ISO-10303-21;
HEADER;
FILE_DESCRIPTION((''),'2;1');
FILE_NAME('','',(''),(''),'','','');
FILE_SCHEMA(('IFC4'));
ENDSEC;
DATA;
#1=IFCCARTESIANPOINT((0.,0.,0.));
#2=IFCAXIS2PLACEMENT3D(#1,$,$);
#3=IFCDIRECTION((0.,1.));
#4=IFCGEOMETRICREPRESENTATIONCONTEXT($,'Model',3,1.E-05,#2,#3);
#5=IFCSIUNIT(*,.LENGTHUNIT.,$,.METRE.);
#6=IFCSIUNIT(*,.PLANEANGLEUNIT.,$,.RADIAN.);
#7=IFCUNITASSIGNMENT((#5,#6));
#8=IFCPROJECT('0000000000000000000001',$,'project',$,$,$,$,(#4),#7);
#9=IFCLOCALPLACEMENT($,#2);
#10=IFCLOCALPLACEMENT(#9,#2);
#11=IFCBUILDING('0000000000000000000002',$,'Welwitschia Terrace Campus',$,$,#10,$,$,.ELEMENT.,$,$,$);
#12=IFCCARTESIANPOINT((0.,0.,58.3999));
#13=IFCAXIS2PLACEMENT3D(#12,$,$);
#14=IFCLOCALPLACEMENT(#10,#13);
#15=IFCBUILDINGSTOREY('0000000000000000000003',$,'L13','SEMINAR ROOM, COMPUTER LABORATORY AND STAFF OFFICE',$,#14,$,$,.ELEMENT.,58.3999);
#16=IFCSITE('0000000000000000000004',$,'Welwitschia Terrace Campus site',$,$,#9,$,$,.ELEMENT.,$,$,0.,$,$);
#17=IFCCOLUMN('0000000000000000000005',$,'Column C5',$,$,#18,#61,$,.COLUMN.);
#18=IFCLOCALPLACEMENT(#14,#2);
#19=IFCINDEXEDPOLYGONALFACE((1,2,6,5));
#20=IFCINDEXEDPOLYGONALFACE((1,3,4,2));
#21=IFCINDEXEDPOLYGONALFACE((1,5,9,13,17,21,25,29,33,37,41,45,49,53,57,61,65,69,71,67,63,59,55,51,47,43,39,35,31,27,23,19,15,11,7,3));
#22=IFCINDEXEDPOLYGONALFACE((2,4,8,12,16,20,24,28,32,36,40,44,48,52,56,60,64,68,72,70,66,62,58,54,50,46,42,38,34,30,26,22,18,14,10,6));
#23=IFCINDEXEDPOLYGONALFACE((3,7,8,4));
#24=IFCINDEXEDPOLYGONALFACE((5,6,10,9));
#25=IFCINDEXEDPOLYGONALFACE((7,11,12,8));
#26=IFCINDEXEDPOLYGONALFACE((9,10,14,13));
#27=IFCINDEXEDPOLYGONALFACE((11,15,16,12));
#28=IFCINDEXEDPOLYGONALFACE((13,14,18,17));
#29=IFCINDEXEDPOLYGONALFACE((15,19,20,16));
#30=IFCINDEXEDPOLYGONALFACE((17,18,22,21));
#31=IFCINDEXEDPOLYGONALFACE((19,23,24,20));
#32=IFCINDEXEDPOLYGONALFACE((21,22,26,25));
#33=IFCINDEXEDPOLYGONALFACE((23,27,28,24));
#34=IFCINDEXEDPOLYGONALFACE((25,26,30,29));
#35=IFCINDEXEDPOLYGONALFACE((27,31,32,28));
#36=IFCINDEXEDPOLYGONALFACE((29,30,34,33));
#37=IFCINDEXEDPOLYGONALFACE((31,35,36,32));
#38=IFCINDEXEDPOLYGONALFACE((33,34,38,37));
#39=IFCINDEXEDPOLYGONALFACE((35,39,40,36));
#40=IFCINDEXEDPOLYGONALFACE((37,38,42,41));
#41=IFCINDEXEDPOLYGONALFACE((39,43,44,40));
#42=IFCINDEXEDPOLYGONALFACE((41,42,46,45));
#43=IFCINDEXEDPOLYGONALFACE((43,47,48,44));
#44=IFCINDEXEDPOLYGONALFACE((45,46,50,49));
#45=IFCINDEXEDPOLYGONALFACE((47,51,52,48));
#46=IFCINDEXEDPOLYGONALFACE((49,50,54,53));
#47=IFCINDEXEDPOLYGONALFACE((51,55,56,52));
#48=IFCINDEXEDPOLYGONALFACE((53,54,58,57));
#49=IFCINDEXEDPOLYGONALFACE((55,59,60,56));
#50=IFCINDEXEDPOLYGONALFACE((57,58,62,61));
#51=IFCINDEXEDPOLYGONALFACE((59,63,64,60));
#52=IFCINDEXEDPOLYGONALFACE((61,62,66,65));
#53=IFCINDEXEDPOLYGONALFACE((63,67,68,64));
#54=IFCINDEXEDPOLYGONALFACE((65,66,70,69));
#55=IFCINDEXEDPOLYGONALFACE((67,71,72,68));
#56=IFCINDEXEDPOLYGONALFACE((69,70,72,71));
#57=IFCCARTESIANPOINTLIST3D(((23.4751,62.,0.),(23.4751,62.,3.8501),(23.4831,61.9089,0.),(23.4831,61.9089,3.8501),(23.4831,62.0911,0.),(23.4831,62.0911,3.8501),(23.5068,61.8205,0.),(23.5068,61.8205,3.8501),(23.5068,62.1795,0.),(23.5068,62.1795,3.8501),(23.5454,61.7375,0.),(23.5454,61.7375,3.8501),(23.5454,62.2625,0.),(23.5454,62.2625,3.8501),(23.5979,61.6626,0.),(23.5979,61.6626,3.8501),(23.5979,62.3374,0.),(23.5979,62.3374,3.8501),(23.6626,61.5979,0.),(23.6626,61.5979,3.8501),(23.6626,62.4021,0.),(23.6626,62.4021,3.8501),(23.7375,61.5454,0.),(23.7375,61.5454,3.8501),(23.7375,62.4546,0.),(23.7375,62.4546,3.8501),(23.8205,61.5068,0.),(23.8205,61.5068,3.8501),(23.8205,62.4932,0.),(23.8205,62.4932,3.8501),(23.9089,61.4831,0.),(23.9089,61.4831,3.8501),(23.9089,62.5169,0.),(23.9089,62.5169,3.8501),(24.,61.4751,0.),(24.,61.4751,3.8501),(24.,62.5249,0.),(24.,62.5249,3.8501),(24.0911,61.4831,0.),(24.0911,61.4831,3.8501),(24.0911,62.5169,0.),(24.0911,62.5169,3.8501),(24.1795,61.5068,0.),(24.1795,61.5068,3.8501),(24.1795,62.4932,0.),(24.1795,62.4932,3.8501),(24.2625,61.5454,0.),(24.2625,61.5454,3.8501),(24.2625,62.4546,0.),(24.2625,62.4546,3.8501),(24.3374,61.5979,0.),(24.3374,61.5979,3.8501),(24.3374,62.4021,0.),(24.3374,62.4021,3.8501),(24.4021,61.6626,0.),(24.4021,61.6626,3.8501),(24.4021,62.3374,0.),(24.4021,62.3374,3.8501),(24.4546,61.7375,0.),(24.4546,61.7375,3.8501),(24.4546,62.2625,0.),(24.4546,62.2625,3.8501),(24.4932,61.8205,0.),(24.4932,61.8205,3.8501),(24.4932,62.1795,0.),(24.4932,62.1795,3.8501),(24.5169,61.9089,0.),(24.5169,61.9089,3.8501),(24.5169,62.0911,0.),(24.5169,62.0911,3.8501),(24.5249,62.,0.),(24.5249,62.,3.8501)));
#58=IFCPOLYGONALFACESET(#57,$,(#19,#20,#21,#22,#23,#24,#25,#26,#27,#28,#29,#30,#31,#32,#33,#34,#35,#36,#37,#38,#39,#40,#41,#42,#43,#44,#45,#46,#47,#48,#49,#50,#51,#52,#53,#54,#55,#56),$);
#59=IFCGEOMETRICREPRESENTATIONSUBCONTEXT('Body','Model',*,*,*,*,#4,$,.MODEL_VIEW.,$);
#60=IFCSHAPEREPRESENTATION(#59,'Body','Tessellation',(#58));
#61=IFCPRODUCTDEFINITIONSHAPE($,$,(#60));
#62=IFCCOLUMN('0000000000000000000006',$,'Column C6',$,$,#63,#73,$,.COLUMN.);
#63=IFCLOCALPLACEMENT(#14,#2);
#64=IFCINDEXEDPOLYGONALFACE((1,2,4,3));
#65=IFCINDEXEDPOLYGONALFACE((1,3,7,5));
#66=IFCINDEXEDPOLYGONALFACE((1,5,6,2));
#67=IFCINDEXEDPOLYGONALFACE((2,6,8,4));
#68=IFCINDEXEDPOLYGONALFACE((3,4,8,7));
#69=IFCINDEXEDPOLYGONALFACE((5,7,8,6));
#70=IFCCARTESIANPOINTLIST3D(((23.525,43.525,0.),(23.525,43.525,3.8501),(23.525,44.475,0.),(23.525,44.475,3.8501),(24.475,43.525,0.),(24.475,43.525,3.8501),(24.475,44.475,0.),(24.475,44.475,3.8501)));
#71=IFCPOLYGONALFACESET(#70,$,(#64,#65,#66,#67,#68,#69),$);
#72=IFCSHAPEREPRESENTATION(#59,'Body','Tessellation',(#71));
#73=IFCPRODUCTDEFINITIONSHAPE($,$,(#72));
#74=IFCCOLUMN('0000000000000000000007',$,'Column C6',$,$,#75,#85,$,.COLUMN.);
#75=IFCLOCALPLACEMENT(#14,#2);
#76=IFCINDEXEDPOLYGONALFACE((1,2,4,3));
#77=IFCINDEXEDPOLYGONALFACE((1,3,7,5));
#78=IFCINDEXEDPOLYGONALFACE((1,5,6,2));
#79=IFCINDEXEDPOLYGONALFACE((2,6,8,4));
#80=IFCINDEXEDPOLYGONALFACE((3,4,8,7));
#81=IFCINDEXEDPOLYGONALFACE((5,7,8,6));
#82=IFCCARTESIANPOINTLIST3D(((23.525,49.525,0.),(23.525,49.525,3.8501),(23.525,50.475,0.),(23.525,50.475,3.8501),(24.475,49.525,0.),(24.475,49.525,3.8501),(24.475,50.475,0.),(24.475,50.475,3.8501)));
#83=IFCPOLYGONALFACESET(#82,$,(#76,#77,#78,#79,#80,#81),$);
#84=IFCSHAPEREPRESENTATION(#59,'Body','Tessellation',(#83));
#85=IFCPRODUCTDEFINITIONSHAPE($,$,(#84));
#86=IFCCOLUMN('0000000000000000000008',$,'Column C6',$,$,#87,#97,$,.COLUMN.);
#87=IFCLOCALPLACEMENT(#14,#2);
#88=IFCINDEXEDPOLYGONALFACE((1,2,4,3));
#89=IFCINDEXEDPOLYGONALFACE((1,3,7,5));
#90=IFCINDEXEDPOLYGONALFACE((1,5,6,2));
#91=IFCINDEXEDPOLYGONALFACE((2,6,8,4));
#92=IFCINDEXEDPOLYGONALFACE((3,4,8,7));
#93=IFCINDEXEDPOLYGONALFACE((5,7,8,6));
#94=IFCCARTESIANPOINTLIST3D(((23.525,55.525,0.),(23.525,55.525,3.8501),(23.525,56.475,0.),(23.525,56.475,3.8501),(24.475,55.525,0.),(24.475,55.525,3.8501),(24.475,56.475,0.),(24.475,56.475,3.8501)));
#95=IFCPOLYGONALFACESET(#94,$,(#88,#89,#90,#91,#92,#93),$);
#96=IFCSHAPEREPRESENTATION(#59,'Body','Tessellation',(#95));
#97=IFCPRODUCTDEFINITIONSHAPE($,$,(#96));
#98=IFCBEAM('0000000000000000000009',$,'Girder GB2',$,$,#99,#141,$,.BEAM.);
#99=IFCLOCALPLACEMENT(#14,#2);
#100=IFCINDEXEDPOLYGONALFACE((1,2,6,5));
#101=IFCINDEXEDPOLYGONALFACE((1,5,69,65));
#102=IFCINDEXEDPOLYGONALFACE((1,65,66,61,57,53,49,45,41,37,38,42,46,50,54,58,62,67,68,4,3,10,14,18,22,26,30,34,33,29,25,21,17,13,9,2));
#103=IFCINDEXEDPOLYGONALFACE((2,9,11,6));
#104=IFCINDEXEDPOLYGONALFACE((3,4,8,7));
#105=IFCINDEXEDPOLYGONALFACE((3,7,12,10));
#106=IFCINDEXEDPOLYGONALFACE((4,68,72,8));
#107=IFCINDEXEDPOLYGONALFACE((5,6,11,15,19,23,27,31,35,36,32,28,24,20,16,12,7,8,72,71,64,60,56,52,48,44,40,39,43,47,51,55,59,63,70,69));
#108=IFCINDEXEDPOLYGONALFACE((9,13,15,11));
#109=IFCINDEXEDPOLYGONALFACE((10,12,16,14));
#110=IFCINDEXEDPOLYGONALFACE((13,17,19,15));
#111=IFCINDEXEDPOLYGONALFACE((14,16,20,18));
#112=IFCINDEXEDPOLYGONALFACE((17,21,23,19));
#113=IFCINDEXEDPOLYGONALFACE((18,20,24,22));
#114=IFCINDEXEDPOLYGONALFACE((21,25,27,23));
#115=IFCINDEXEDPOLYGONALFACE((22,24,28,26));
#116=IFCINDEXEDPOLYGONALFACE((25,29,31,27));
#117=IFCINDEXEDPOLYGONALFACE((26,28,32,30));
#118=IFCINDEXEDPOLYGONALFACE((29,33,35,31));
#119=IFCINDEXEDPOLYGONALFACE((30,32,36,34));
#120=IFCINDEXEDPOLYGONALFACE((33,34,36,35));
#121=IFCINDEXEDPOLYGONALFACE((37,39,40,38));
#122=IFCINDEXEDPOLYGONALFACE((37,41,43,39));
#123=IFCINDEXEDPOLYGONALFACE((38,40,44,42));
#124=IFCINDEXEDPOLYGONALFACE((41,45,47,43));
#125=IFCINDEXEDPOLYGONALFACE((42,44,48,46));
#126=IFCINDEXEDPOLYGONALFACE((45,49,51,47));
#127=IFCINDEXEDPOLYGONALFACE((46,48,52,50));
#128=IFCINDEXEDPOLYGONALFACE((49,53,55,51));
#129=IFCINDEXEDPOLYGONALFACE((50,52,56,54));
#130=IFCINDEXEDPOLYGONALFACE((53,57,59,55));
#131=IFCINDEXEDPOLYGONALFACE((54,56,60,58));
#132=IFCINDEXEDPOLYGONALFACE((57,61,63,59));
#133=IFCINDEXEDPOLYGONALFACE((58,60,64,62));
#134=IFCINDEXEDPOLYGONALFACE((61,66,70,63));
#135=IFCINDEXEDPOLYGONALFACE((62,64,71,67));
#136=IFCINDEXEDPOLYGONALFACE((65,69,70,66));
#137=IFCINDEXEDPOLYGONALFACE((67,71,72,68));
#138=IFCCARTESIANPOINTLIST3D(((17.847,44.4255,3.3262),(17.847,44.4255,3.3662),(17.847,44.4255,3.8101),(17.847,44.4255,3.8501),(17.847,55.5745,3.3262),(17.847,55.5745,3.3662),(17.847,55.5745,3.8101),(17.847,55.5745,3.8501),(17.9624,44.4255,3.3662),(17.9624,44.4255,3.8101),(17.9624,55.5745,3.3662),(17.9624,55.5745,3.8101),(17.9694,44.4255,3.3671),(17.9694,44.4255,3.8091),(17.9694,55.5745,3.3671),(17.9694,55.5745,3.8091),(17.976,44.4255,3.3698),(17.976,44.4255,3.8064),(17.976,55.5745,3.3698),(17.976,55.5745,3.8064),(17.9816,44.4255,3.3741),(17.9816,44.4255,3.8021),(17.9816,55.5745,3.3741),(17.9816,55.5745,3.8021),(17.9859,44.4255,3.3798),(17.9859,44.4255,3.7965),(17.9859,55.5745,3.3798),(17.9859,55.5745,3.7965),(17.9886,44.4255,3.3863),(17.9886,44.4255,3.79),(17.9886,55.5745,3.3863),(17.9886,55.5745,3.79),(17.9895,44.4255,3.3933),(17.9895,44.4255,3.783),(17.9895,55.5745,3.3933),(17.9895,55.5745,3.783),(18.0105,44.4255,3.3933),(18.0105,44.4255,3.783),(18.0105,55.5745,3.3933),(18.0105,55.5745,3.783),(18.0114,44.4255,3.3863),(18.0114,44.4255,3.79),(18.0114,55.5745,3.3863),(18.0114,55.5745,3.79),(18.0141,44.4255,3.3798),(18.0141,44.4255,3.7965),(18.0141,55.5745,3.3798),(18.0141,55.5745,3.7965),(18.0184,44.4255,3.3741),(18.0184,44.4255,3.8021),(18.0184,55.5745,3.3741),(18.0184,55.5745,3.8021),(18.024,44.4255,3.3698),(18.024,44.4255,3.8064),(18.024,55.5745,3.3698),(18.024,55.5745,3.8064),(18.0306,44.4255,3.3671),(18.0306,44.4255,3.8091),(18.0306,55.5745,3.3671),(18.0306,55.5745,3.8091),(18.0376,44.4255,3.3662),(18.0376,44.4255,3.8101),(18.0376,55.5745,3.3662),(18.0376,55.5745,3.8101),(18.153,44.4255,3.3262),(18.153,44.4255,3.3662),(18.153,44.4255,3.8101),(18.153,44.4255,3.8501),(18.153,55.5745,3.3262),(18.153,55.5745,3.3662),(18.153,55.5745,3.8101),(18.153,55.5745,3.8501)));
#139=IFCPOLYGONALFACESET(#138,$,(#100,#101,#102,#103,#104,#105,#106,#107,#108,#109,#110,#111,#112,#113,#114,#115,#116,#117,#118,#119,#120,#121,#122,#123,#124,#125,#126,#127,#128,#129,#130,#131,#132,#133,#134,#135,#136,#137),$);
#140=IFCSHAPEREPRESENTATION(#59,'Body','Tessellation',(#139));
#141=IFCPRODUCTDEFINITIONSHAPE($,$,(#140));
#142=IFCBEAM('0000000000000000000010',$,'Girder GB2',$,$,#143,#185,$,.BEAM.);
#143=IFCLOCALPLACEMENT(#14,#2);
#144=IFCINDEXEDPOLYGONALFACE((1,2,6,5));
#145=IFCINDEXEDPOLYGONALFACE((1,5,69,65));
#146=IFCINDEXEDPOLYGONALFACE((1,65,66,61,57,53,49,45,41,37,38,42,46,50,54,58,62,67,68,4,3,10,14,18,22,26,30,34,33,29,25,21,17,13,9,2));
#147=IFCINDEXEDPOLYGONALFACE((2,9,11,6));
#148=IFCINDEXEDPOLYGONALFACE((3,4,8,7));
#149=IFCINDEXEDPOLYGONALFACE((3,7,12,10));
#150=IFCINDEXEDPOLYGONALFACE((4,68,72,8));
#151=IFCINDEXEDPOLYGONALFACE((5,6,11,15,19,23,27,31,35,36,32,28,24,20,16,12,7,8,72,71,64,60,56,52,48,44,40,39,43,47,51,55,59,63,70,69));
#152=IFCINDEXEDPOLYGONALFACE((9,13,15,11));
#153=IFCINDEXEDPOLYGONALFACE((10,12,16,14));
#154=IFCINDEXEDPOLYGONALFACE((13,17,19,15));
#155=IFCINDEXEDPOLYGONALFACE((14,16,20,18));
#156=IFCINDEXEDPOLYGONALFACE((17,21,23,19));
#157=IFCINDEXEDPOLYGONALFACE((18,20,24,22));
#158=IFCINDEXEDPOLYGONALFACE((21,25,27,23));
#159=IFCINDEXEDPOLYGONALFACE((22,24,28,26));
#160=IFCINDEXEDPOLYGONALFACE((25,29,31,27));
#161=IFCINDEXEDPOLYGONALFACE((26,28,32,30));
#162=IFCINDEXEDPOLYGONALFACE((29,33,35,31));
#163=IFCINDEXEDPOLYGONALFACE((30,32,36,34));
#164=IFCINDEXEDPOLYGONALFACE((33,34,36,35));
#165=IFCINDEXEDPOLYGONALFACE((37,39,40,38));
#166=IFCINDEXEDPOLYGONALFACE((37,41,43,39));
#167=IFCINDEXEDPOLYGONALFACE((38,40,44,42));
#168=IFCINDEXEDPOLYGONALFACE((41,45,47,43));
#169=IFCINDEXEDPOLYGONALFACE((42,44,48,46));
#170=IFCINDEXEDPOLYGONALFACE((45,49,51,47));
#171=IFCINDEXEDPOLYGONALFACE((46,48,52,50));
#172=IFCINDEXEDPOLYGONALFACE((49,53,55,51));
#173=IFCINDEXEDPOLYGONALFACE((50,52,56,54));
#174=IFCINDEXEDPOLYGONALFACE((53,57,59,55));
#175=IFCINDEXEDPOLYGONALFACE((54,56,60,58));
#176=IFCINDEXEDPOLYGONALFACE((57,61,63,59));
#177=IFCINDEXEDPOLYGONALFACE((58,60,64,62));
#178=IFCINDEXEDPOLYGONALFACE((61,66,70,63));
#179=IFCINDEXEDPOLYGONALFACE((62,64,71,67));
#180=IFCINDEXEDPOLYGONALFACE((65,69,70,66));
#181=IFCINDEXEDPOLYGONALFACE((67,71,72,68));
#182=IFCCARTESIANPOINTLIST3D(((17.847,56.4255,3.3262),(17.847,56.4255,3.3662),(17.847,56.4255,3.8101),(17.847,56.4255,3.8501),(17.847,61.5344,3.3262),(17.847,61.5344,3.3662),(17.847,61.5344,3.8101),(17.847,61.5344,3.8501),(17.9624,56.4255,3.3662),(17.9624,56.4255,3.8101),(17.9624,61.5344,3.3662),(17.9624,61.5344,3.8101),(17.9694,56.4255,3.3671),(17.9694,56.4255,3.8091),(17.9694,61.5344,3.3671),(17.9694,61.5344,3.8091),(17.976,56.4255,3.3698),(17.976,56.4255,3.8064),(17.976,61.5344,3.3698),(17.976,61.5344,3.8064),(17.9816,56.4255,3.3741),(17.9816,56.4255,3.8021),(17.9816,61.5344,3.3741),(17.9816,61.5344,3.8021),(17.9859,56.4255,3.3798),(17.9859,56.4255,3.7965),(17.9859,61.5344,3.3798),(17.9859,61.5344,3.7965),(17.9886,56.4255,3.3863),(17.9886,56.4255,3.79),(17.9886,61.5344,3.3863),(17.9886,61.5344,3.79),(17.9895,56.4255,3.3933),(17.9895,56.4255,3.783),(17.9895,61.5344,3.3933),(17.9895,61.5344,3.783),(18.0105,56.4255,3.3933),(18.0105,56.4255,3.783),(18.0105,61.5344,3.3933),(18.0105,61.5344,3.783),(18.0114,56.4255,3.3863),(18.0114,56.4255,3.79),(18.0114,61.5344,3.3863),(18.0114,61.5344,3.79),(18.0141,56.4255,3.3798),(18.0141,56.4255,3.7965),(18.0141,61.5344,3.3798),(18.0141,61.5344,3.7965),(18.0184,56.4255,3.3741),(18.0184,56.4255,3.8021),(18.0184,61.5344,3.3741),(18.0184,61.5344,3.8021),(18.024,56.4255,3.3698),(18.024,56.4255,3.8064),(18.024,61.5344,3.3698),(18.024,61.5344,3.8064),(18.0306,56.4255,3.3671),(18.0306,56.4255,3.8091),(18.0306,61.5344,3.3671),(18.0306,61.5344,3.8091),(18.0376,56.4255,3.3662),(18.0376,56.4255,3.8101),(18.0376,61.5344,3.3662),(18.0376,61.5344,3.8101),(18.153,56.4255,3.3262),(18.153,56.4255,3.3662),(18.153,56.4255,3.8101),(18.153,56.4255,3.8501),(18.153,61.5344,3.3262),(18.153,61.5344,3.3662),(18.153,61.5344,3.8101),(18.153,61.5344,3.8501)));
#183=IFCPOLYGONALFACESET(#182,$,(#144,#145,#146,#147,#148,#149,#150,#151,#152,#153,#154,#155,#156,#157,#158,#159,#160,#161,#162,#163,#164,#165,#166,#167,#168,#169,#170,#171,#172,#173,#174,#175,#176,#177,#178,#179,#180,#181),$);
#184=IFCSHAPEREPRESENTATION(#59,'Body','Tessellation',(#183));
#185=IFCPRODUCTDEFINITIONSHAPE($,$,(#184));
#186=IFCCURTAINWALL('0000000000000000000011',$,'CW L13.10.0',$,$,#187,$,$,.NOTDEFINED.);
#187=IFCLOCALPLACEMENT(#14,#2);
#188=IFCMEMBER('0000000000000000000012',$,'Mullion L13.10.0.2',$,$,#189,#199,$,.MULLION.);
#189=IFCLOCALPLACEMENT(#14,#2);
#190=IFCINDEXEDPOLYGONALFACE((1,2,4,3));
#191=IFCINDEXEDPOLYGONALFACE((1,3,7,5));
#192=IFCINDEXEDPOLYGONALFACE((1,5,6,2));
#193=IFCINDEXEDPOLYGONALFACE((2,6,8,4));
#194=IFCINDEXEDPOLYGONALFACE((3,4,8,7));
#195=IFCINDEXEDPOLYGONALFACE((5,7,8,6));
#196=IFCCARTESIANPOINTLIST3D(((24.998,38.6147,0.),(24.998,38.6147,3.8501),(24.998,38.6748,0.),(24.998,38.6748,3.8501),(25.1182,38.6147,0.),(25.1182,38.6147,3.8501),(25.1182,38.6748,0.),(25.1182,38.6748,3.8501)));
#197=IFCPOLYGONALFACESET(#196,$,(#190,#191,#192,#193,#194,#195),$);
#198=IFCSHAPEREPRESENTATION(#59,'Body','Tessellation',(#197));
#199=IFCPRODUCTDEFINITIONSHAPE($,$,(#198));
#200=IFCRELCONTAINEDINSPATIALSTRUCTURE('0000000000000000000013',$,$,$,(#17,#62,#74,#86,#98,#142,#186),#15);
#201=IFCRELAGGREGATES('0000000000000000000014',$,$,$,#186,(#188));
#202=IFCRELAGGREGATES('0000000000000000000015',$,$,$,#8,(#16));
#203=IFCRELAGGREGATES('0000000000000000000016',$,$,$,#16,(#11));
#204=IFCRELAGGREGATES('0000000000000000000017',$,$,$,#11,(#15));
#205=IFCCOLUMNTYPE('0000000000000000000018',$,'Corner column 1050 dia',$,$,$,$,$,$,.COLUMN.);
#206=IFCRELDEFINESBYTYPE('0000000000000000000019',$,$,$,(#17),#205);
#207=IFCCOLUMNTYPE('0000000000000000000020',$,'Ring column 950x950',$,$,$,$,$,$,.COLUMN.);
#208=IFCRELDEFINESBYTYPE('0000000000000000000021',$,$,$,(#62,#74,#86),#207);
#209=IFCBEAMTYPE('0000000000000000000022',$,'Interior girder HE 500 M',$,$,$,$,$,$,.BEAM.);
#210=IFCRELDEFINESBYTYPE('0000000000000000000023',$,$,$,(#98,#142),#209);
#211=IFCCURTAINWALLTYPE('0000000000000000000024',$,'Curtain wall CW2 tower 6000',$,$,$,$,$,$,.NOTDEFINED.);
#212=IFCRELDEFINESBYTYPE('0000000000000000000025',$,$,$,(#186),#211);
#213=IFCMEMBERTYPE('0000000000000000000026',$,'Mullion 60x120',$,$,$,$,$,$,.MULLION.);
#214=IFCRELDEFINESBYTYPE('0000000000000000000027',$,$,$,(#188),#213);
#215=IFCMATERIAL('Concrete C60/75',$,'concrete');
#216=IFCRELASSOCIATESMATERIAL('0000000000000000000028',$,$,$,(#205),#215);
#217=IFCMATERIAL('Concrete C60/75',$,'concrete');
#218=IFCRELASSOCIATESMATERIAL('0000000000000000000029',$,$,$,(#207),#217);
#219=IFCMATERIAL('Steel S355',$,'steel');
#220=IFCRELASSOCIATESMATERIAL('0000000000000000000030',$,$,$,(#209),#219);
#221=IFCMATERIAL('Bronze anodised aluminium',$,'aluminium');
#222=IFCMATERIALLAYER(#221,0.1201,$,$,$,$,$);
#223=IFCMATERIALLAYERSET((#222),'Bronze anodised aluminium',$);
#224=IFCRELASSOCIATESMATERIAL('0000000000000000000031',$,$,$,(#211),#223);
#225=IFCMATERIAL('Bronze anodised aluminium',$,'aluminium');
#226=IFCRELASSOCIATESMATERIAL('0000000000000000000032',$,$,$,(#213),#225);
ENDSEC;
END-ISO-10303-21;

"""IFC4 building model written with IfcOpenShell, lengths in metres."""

from ifc_helpers import new_model, si_unit, direction, frame, origin, origin_2d, place, context, subcontext, project, spatial, rectangle, circle, i_section, extrude, material, layer, layer_set, material_profile, profile_set, type_object, element, aggregate, save


model = new_model("IFC4")

# Units and contexts
model_context = context("Model", 3, precision=1e-05, world=origin(), true_north=direction((0.0, 1.0)))
body_context = subcontext(model_context, "Body", "Model", "MODEL_VIEW")
ifc_project = project(units=[si_unit("LENGTHUNIT", "METRE"), si_unit("PLANEANGLEUNIT", "RADIAN")], contexts=[model_context])

# Site, building, storey
site_placement = place(None, origin())
site = spatial("IfcSite", under=ifc_project, at=site_placement, Name="Welwitschia Terrace Campus site", CompositionType="ELEMENT", RefElevation=0.0)
building_placement = place(site_placement, origin())
building = spatial("IfcBuilding", under=site, at=building_placement, Name="Welwitschia Terrace Campus", CompositionType="ELEMENT")
storey_placement = place(building_placement, frame((0.0, 0.0, 58.3999)))
storey = spatial("IfcBuildingStorey", under=building, at=storey_placement, Name="L13", Description="SEMINAR ROOM, COMPUTER LABORATORY AND STAFF OFFICE", CompositionType="ELEMENT", Elevation=58.3999)

# Columns
ifc_material_1 = material(Name="Concrete C60/75", Category="concrete")
ifc_material_profile_1 = material_profile(ifc_material_1, circle(Radius=0.5249, at=origin_2d()))
ifc_profile_set_1 = profile_set([ifc_material_profile_1], Name="Concrete C60/75")
column_type_1 = type_object("IfcColumnType", Name="Corner column 1050 dia", PredefinedType="COLUMN", material=ifc_profile_set_1)
column_placement = place(storey_placement, frame((24.0, 62.0, 0.0), z_axis=(0.0, 0.0, 1.0), x_axis=(1.0, 0.0, 0.0)))
element("IfcColumn", 1, at=column_placement, inside=storey, type_object=column_type_1, Name="Column C5", PredefinedType="COLUMN", context=body_context, shape_type="SweptSolid", body=[
    extrude(circle(Radius=0.5249, at=origin_2d()), origin(), (0.0, 0.0, 1.0), 3.8501),
])
ifc_material_2 = material(Name="Concrete C60/75", Category="concrete")
ifc_material_profile_2 = material_profile(ifc_material_2, rectangle(XDim=0.95, YDim=0.95, at=origin_2d()))
ifc_profile_set_2 = profile_set([ifc_material_profile_2], Name="Concrete C60/75")
column_type_2 = type_object("IfcColumnType", Name="Ring column 950x950", PredefinedType="COLUMN", material=ifc_profile_set_2)
for number, where, z_axis, x_axis, name in (
    (2, (24.0, 44.0, 0.0), (0.0, 0.0, 1.0), (1.0, 0.0, 0.0), "Column C6"),
    (3, (24.0, 50.0, 0.0), (0.0, 0.0, 1.0), (1.0, 0.0, 0.0), "Column C6"),
    (4, (24.0, 56.0, 0.0), (0.0, 0.0, 1.0), (1.0, 0.0, 0.0), "Column C6"),
):
    element("IfcColumn", number, at=place(storey_placement, frame(where, z_axis=z_axis, x_axis=x_axis)), inside=storey, type_object=column_type_2, Name=name, PredefinedType="COLUMN", context=body_context, shape_type="SweptSolid", body=[
        extrude(rectangle(XDim=0.95, YDim=0.95, at=origin_2d()), origin(), (0.0, 0.0, 1.0), 3.8501),
    ])

# Beams
ifc_material_3 = material(Name="Steel S355", Category="steel")
ifc_material_profile_3 = material_profile(ifc_material_3, i_section(OverallWidth=0.3059, OverallDepth=0.5239, WebThickness=0.021, FlangeThickness=0.04, FilletRadius=0.0271, at=origin_2d()))
ifc_profile_set_3 = profile_set([ifc_material_profile_3], Name="Steel S355")
beam_type_1 = type_object("IfcBeamType", Name="Interior girder HE 500 M", PredefinedType="BEAM", material=ifc_profile_set_3)
beam_1_placement = place(storey_placement, frame((18.0, 44.4255, 3.5881), z_axis=(0.0, 1.0, 0.0), x_axis=(-1.0, 0.0, 0.0)))
element("IfcBeam", 5, at=beam_1_placement, inside=storey, type_object=beam_type_1, Name="Girder GB2", PredefinedType="BEAM", context=body_context, shape_type="SweptSolid", body=[
    extrude(i_section(OverallWidth=0.3059, OverallDepth=0.5239, WebThickness=0.021, FlangeThickness=0.04, FilletRadius=0.0271, at=origin_2d()), origin(), (0.0, 0.0, 1.0), 11.1489),
])
beam_2_placement = place(storey_placement, frame((18.0, 56.4255, 3.5881), z_axis=(0.0, 1.0, 0.0), x_axis=(-1.0, 0.0, 0.0)))
element("IfcBeam", 6, at=beam_2_placement, inside=storey, type_object=beam_type_1, Name="Girder GB2", PredefinedType="BEAM", context=body_context, shape_type="SweptSolid", body=[
    extrude(i_section(OverallWidth=0.3059, OverallDepth=0.5239, WebThickness=0.021, FlangeThickness=0.04, FilletRadius=0.0271, at=origin_2d()), origin(), (0.0, 0.0, 1.0), 5.1089),
])

# Curtain wall, member
ifc_material_4 = material(Name="Bronze anodised aluminium", Category="aluminium")
ifc_layer_1 = layer(ifc_material_4, 0.1201)
ifc_layer_set_1 = layer_set([ifc_layer_1], Name="Bronze anodised aluminium")
curtain_wall_type = type_object("IfcCurtainWallType", Name="Curtain wall CW2 tower 6000", PredefinedType="NOTDEFINED", material=ifc_layer_set_1)
curtain_wall_placement = place(storey_placement, origin())
curtain_wall = element("IfcCurtainWall", 7, at=curtain_wall_placement, inside=storey, type_object=curtain_wall_type, Name="CW L13.10.0", PredefinedType="NOTDEFINED")
ifc_material_5 = material(Name="Bronze anodised aluminium", Category="aluminium")
ifc_material_profile_4 = material_profile(ifc_material_5, rectangle(XDim=0.1201, YDim=0.0601, at=origin_2d()))
ifc_profile_set_4 = profile_set([ifc_material_profile_4], Name="Bronze anodised aluminium")
member_type = type_object("IfcMemberType", Name="Mullion 60x120", PredefinedType="MULLION", material=ifc_profile_set_4)
member_1_placement = place(storey_placement, frame((25.0581, 38.6448, 0.0), z_axis=(0.0, 0.0, 1.0), x_axis=(-1.0, 0.0, 0.0)))
member_1 = element("IfcMember", 8, at=member_1_placement, type_object=member_type, Name="Mullion L13.10.0.2", PredefinedType="MULLION", context=body_context, shape_type="SweptSolid", body=[
    extrude(rectangle(XDim=0.1201, YDim=0.0601, at=origin_2d()), origin(), (0.0, 0.0, 1.0), 3.8501),
])

aggregate(curtain_wall, [member_1])

save(model, "model.ifc")
